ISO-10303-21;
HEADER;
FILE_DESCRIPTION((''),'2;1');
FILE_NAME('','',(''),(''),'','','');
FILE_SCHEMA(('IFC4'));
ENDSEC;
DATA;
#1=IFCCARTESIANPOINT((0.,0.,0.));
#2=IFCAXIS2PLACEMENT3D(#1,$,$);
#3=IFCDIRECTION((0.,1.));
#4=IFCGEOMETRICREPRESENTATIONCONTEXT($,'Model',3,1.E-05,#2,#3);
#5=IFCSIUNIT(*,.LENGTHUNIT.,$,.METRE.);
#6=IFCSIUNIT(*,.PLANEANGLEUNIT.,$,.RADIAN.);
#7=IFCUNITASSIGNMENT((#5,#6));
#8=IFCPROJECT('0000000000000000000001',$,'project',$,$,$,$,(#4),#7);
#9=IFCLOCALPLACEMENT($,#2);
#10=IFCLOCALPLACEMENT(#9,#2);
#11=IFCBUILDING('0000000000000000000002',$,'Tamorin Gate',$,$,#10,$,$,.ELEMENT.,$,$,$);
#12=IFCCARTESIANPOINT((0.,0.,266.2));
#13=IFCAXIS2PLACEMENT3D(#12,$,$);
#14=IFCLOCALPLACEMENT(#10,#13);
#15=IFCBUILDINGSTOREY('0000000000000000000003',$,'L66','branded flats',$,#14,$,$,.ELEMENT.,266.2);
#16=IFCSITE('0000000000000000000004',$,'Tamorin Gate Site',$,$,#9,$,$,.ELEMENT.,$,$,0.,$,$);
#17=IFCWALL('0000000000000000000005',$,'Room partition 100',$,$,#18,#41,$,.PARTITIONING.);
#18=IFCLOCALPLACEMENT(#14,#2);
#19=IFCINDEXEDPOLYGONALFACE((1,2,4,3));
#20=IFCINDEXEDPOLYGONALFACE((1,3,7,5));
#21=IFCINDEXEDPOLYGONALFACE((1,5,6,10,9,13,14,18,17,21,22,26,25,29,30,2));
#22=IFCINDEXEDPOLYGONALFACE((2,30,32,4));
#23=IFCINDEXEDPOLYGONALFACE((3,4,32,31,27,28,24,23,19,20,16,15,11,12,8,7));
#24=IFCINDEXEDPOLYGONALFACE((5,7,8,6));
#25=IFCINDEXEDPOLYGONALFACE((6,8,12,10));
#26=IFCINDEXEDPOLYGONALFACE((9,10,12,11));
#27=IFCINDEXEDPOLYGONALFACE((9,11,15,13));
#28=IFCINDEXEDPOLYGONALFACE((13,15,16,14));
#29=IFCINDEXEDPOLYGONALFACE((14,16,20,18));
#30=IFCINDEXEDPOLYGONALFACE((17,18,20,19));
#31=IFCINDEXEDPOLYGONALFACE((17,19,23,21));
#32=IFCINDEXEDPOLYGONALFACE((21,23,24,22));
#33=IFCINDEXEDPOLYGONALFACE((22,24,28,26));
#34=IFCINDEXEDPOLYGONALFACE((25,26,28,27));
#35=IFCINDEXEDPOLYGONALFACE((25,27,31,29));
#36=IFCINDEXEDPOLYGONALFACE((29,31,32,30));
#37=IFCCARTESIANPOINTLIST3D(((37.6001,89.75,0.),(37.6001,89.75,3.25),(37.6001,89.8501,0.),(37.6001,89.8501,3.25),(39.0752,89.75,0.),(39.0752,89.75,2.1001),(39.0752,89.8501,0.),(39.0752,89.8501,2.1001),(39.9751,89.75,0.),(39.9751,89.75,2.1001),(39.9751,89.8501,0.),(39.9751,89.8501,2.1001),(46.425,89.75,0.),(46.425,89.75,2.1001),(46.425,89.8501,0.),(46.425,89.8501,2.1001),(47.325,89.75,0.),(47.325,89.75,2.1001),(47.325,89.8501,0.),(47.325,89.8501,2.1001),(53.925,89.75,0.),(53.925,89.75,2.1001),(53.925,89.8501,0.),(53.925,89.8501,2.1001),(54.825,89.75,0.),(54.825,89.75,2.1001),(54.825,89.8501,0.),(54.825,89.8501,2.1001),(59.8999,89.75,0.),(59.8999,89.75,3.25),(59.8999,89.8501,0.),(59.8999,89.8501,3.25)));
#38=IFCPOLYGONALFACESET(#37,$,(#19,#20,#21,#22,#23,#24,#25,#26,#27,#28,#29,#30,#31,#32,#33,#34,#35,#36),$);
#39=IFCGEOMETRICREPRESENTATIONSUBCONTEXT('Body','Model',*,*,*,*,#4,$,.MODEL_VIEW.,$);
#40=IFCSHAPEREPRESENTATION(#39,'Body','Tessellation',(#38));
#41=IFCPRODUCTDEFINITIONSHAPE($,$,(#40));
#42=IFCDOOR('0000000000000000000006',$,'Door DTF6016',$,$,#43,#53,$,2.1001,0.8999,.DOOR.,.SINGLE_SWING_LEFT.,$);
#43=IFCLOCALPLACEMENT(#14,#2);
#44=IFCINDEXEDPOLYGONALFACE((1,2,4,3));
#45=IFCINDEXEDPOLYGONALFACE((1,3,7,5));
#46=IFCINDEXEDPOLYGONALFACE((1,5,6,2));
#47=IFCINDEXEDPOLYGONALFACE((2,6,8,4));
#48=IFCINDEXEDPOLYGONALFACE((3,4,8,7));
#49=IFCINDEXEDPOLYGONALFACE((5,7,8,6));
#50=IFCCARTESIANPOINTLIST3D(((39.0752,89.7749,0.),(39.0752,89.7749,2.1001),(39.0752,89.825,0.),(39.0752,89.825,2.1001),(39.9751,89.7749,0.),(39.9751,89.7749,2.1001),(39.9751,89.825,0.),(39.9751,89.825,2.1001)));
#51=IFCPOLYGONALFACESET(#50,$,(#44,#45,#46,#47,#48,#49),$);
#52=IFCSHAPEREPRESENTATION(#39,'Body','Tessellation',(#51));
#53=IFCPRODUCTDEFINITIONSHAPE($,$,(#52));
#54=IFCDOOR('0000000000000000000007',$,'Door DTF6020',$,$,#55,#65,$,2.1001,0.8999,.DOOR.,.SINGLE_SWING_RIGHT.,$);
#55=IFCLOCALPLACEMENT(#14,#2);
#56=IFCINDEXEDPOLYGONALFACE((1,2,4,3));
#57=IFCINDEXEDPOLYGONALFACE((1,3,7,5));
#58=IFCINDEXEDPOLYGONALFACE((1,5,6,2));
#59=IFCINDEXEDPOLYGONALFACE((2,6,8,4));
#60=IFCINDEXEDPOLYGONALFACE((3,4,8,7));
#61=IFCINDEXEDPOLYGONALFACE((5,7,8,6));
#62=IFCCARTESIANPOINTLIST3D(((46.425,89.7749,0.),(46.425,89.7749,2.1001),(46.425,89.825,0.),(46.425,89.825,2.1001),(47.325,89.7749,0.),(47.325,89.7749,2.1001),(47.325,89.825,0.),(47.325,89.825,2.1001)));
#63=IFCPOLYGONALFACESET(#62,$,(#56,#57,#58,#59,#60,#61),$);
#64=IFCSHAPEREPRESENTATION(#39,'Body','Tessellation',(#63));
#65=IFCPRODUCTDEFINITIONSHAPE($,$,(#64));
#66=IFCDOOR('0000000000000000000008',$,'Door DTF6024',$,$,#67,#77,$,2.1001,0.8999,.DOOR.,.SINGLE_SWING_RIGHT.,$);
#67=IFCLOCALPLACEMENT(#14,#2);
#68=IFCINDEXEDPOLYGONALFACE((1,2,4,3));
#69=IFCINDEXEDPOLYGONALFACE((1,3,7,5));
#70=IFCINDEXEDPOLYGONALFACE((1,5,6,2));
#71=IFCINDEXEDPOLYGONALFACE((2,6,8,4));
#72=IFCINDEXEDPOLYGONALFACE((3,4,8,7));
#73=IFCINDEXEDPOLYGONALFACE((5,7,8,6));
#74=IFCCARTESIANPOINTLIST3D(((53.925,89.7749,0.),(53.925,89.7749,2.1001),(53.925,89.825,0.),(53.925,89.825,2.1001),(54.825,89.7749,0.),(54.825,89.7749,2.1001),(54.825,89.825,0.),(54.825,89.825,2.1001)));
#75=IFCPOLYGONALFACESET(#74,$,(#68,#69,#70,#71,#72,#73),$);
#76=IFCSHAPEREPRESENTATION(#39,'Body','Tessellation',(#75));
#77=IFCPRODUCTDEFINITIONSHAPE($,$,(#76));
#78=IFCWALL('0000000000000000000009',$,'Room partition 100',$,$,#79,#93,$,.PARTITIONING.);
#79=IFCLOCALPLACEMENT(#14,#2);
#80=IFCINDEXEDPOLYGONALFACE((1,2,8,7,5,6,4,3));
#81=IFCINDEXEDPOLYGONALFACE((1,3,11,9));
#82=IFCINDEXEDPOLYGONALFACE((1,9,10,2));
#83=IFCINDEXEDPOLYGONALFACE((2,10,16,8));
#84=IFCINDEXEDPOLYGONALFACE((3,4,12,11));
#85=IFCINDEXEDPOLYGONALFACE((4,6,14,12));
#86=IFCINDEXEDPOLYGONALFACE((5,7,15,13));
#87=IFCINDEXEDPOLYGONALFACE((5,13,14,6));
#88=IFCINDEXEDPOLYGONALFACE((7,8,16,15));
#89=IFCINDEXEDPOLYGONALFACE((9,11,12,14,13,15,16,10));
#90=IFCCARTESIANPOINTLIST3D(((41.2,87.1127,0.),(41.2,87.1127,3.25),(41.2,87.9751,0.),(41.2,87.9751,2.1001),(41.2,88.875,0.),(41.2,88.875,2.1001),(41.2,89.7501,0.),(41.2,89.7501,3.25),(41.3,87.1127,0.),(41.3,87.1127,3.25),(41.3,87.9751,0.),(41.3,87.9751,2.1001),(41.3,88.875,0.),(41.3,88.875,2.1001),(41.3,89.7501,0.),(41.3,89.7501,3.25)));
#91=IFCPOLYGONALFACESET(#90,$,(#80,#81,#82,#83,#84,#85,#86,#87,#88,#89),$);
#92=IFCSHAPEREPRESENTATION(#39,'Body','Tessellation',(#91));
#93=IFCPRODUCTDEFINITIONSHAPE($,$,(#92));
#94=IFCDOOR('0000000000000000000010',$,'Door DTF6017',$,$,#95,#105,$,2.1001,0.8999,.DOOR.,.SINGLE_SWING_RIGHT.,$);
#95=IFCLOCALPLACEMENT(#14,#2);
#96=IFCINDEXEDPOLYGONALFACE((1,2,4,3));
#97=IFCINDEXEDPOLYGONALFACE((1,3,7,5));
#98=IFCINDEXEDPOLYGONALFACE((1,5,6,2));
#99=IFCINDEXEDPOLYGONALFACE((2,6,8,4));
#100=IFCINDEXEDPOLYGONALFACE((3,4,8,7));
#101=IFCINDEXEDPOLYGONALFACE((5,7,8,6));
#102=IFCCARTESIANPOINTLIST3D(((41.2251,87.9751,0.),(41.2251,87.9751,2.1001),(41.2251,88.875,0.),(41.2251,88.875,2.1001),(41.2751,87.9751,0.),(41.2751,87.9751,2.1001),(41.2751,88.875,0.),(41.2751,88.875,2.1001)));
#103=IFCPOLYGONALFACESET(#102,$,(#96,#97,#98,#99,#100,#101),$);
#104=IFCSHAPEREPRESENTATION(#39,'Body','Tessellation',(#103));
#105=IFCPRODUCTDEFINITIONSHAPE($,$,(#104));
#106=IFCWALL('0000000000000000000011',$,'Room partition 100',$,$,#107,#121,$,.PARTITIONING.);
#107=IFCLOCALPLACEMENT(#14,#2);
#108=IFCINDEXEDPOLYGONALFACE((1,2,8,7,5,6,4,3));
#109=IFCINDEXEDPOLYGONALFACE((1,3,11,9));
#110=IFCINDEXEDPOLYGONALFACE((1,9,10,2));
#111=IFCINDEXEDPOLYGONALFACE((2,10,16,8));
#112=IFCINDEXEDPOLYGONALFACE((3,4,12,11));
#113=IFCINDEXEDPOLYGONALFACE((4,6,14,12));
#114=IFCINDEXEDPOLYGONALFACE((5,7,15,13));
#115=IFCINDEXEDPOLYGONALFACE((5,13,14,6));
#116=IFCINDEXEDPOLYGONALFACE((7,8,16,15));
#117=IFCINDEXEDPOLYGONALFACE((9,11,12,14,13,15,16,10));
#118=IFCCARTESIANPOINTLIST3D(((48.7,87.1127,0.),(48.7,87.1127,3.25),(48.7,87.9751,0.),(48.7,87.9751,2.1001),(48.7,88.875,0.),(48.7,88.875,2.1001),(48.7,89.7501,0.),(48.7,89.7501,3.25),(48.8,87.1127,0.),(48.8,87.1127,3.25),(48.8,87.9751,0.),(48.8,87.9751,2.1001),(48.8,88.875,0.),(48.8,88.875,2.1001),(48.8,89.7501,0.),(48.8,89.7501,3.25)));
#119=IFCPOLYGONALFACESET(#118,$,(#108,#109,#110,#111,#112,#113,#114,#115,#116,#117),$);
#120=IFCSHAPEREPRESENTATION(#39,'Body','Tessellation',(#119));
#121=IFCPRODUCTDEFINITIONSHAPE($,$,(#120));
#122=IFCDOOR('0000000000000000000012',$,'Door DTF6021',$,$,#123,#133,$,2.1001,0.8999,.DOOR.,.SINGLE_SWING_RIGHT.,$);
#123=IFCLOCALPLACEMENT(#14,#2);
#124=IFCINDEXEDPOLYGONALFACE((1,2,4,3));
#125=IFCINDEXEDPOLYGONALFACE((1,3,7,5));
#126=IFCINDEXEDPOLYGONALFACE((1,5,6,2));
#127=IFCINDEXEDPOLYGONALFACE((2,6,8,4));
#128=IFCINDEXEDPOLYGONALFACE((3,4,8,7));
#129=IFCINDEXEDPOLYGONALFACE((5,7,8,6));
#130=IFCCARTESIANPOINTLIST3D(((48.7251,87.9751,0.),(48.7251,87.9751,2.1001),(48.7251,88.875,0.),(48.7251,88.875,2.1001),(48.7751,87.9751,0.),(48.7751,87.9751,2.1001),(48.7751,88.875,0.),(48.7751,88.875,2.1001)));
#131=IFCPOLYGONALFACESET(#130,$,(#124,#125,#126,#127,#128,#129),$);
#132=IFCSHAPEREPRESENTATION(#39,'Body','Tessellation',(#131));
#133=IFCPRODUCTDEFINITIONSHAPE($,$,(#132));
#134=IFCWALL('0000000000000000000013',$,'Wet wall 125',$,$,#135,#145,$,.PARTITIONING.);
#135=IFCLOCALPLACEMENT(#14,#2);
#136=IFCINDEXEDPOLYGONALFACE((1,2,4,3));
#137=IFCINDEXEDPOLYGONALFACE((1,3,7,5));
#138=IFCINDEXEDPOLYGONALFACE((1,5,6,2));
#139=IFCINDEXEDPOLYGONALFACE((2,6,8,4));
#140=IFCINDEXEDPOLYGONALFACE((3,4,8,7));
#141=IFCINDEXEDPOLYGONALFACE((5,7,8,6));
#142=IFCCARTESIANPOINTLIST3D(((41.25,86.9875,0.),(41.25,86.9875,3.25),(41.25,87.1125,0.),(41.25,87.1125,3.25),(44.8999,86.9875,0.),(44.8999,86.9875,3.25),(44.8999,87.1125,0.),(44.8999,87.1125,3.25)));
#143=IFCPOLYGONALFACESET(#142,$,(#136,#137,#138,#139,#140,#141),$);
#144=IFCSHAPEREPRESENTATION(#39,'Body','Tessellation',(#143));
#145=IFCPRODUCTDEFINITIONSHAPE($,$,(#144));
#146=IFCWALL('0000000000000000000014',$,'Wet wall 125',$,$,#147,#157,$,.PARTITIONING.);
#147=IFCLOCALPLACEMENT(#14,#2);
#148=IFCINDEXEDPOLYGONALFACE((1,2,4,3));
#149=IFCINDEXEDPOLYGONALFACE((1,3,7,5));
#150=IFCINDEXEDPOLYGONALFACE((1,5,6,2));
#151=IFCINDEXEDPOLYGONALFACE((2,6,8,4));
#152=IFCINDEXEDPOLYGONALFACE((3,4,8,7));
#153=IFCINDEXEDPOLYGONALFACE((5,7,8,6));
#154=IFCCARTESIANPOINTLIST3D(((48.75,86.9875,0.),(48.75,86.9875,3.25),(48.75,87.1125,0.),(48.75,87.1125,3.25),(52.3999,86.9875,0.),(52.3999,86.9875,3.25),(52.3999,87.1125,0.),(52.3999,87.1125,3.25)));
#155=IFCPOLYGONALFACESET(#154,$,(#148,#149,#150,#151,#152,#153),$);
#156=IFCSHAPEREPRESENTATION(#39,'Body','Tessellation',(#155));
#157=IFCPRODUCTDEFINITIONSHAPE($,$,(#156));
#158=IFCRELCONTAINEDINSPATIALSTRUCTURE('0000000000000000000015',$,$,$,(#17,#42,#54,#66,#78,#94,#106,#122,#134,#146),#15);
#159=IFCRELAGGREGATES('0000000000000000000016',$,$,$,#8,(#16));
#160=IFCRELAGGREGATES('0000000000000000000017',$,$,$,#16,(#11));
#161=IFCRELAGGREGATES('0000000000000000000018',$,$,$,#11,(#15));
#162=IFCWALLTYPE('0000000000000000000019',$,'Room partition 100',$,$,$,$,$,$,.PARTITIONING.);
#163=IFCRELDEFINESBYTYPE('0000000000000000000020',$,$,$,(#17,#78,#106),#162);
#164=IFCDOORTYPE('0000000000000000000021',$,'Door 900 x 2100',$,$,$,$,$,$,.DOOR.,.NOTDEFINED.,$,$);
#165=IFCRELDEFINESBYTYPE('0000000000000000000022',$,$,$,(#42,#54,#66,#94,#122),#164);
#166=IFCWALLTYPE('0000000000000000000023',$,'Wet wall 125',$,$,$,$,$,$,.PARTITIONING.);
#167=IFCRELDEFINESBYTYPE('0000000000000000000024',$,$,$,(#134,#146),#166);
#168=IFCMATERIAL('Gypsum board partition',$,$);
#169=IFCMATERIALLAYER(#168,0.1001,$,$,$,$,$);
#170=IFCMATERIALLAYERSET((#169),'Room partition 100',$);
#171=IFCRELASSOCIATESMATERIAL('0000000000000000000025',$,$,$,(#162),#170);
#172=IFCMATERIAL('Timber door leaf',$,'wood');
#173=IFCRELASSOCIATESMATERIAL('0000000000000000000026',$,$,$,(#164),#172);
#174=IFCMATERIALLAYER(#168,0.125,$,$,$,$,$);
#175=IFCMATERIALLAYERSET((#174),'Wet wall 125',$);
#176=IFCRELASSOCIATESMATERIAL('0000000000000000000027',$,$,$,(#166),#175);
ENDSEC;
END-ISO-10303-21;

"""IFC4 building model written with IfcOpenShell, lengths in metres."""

from ifc_helpers import new_model, si_unit, direction, frame, frame_2d, origin, place, context, subcontext, project, spatial, rectangle, extrude, material, layer, layer_set, type_object, element, fill, save


model = new_model("IFC4")

# Units and contexts
model_context = context("Model", 3, precision=1e-05, world=origin(), true_north=direction((0.0, 1.0)))
body_context = subcontext(model_context, "Body", "Model", "MODEL_VIEW")
ifc_project = project(units=[si_unit("LENGTHUNIT", "METRE"), si_unit("PLANEANGLEUNIT", "RADIAN")], contexts=[model_context])

# Site, building, storey
site_placement = place(None, origin())
site = spatial("IfcSite", under=ifc_project, at=site_placement, Name="Tamorin Gate Site", CompositionType="ELEMENT", RefElevation=0.0)
building_placement = place(site_placement, origin())
building = spatial("IfcBuilding", under=site, at=building_placement, Name="Tamorin Gate", CompositionType="ELEMENT")
storey_placement = place(building_placement, frame((0.0, 0.0, 266.2)))
storey = spatial("IfcBuildingStorey", under=building, at=storey_placement, Name="L66", Description="branded flats", CompositionType="ELEMENT", Elevation=266.2)

# Shared definitions
ifc_material_1 = material(Name="Gypsum board partition")

# Wall, openings, doors
ifc_layer_1 = layer(ifc_material_1, 0.1001)
ifc_layer_set_1 = layer_set([ifc_layer_1], Name="Room partition 100")
wall_type_1 = type_object("IfcWallType", Name="Room partition 100", PredefinedType="PARTITIONING", material=ifc_layer_set_1)
wall_1_placement = place(storey_placement, frame((37.6001, 89.8, 0.0), z_axis=(0.0, 0.0, 1.0), x_axis=(1.0, 0.0, 0.0)))
wall_1 = element("IfcWall", 1, at=wall_1_placement, inside=storey, type_object=wall_type_1, Name="Room partition 100", PredefinedType="PARTITIONING", context=body_context, shape_type="SweptSolid", body=[
    extrude(rectangle(XDim=22.2998, YDim=0.1001, at=frame_2d((11.1499, 0.0))), origin(), (0.0, 0.0, 1.0), 3.25),
])
opening_1_placement = place(wall_1_placement, frame((1.4751, 0.0, 0.0)))
opening_1 = element("IfcOpeningElement", 2, at=opening_1_placement, cuts=wall_1, PredefinedType="OPENING", context=body_context, shape_type="SweptSolid", body=[
    extrude(rectangle(XDim=0.8999, YDim=2.1001, at=frame_2d((0.45, 1.05))), frame((0.0, 0.0601, 0.0), z_axis=(0.0, -1.0, 0.0), x_axis=(1.0, 0.0, 0.0)), (0.0, 0.0, 1.0), 0.1201),
])
opening_2_placement = place(wall_1_placement, frame((8.825, 0.0, 0.0)))
opening_2 = element("IfcOpeningElement", 3, at=opening_2_placement, cuts=wall_1, PredefinedType="OPENING", context=body_context, shape_type="SweptSolid", body=[
    extrude(rectangle(XDim=0.8999, YDim=2.1001, at=frame_2d((0.45, 1.05))), frame((0.0, 0.0601, 0.0), z_axis=(0.0, -1.0, 0.0), x_axis=(1.0, 0.0, 0.0)), (0.0, 0.0, 1.0), 0.1201),
])
opening_3_placement = place(wall_1_placement, frame((16.325, 0.0, 0.0)))
opening_3 = element("IfcOpeningElement", 4, at=opening_3_placement, cuts=wall_1, PredefinedType="OPENING", context=body_context, shape_type="SweptSolid", body=[
    extrude(rectangle(XDim=0.8999, YDim=2.1001, at=frame_2d((0.45, 1.05))), frame((0.0, 0.0601, 0.0), z_axis=(0.0, -1.0, 0.0), x_axis=(1.0, 0.0, 0.0)), (0.0, 0.0, 1.0), 0.1201),
])
ifc_material_2 = material(Name="Timber door leaf", Category="wood")
door_type = type_object("IfcDoorType", Name="Door 900 x 2100", OperationType="NOTDEFINED", PredefinedType="DOOR", material=ifc_material_2)
door_1_placement = place(opening_1_placement, origin())
door_1 = element("IfcDoor", 5, at=door_1_placement, inside=storey, type_object=door_type, Name="Door DTF6016", OperationType="SINGLE_SWING_LEFT", OverallHeight=2.1001, OverallWidth=0.8999, PredefinedType="DOOR", context=body_context, shape_type="SweptSolid", body=[
    extrude(rectangle(XDim=0.8999, YDim=2.1001, at=frame_2d((0.45, 1.05))), frame((0.0, 0.0249, 0.0), z_axis=(0.0, -1.0, 0.0), x_axis=(1.0, 0.0, 0.0)), (0.0, 0.0, 1.0), 0.05),
])
fill(opening_1, door_1)
door_2_placement = place(opening_2_placement, origin())
door_2 = element("IfcDoor", 6, at=door_2_placement, inside=storey, type_object=door_type, Name="Door DTF6020", OperationType="SINGLE_SWING_RIGHT", OverallHeight=2.1001, OverallWidth=0.8999, PredefinedType="DOOR", context=body_context, shape_type="SweptSolid", body=[
    extrude(rectangle(XDim=0.8999, YDim=2.1001, at=frame_2d((0.45, 1.05))), frame((0.0, 0.0249, 0.0), z_axis=(0.0, -1.0, 0.0), x_axis=(1.0, 0.0, 0.0)), (0.0, 0.0, 1.0), 0.05),
])
fill(opening_2, door_2)
door_3_placement = place(opening_3_placement, origin())
door_3 = element("IfcDoor", 7, at=door_3_placement, inside=storey, type_object=door_type, Name="Door DTF6024", OperationType="SINGLE_SWING_RIGHT", OverallHeight=2.1001, OverallWidth=0.8999, PredefinedType="DOOR", context=body_context, shape_type="SweptSolid", body=[
    extrude(rectangle(XDim=0.8999, YDim=2.1001, at=frame_2d((0.45, 1.05))), frame((0.0, 0.0249, 0.0), z_axis=(0.0, -1.0, 0.0), x_axis=(1.0, 0.0, 0.0)), (0.0, 0.0, 1.0), 0.05),
])
fill(opening_3, door_3)

# Walls, openings, doors
wall_2_placement = place(storey_placement, frame((41.25, 87.1125, 0.0), z_axis=(0.0, 0.0, 1.0), x_axis=(0.0, 1.0, 0.0)))
wall_2 = element("IfcWall", 8, at=wall_2_placement, inside=storey, type_object=wall_type_1, Name="Room partition 100", PredefinedType="PARTITIONING", context=body_context, shape_type="SweptSolid", body=[
    extrude(rectangle(XDim=2.6375, YDim=0.1001, at=frame_2d((1.3188, 0.0))), origin(), (0.0, 0.0, 1.0), 3.25),
])
opening_4_placement = place(wall_2_placement, frame((0.8625, 0.0, 0.0)))
opening_4 = element("IfcOpeningElement", 9, at=opening_4_placement, cuts=wall_2, PredefinedType="OPENING", context=body_context, shape_type="SweptSolid", body=[
    extrude(rectangle(XDim=0.8999, YDim=2.1001, at=frame_2d((0.45, 1.05))), frame((0.0, 0.0601, 0.0), z_axis=(0.0, -1.0, 0.0), x_axis=(1.0, 0.0, 0.0)), (0.0, 0.0, 1.0), 0.1201),
])
door_4_placement = place(opening_4_placement, origin())
door_4 = element("IfcDoor", 10, at=door_4_placement, inside=storey, type_object=door_type, Name="Door DTF6017", OperationType="SINGLE_SWING_RIGHT", OverallHeight=2.1001, OverallWidth=0.8999, PredefinedType="DOOR", context=body_context, shape_type="SweptSolid", body=[
    extrude(rectangle(XDim=0.8999, YDim=2.1001, at=frame_2d((0.45, 1.05))), frame((0.0, 0.0249, 0.0), z_axis=(0.0, -1.0, 0.0), x_axis=(1.0, 0.0, 0.0)), (0.0, 0.0, 1.0), 0.05),
])
fill(opening_4, door_4)
wall_3_placement = place(storey_placement, frame((48.75, 87.1125, 0.0), z_axis=(0.0, 0.0, 1.0), x_axis=(0.0, 1.0, 0.0)))
wall_3 = element("IfcWall", 11, at=wall_3_placement, inside=storey, type_object=wall_type_1, Name="Room partition 100", PredefinedType="PARTITIONING", context=body_context, shape_type="SweptSolid", body=[
    extrude(rectangle(XDim=2.6375, YDim=0.1001, at=frame_2d((1.3188, 0.0))), origin(), (0.0, 0.0, 1.0), 3.25),
])
opening_5_placement = place(wall_3_placement, frame((0.8625, 0.0, 0.0)))
opening_5 = element("IfcOpeningElement", 12, at=opening_5_placement, cuts=wall_3, PredefinedType="OPENING", context=body_context, shape_type="SweptSolid", body=[
    extrude(rectangle(XDim=0.8999, YDim=2.1001, at=frame_2d((0.45, 1.05))), frame((0.0, 0.0601, 0.0), z_axis=(0.0, -1.0, 0.0), x_axis=(1.0, 0.0, 0.0)), (0.0, 0.0, 1.0), 0.1201),
])
door_5_placement = place(opening_5_placement, origin())
door_5 = element("IfcDoor", 13, at=door_5_placement, inside=storey, type_object=door_type, Name="Door DTF6021", OperationType="SINGLE_SWING_RIGHT", OverallHeight=2.1001, OverallWidth=0.8999, PredefinedType="DOOR", context=body_context, shape_type="SweptSolid", body=[
    extrude(rectangle(XDim=0.8999, YDim=2.1001, at=frame_2d((0.45, 1.05))), frame((0.0, 0.0249, 0.0), z_axis=(0.0, -1.0, 0.0), x_axis=(1.0, 0.0, 0.0)), (0.0, 0.0, 1.0), 0.05),
])
fill(opening_5, door_5)

# Walls
ifc_layer_2 = layer(ifc_material_1, 0.125)
ifc_layer_set_2 = layer_set([ifc_layer_2], Name="Wet wall 125")
wall_type_2 = type_object("IfcWallType", Name="Wet wall 125", PredefinedType="PARTITIONING", material=ifc_layer_set_2)
for number, where, z_axis, x_axis, name in (
    (14, (41.25, 87.05, 0.0), (0.0, 0.0, 1.0), (1.0, 0.0, 0.0), "Wet wall 125"),
    (15, (48.75, 87.05, 0.0), (0.0, 0.0, 1.0), (1.0, 0.0, 0.0), "Wet wall 125"),
):
    element("IfcWall", number, at=place(storey_placement, frame(where, z_axis=z_axis, x_axis=x_axis)), inside=storey, type_object=wall_type_2, Name=name, PredefinedType="PARTITIONING", context=body_context, shape_type="SweptSolid", body=[
        extrude(rectangle(XDim=3.6499, YDim=0.125, at=frame_2d((1.825, 0.0))), origin(), (0.0, 0.0, 1.0), 3.25),
    ])

save(model, "model.ifc")
